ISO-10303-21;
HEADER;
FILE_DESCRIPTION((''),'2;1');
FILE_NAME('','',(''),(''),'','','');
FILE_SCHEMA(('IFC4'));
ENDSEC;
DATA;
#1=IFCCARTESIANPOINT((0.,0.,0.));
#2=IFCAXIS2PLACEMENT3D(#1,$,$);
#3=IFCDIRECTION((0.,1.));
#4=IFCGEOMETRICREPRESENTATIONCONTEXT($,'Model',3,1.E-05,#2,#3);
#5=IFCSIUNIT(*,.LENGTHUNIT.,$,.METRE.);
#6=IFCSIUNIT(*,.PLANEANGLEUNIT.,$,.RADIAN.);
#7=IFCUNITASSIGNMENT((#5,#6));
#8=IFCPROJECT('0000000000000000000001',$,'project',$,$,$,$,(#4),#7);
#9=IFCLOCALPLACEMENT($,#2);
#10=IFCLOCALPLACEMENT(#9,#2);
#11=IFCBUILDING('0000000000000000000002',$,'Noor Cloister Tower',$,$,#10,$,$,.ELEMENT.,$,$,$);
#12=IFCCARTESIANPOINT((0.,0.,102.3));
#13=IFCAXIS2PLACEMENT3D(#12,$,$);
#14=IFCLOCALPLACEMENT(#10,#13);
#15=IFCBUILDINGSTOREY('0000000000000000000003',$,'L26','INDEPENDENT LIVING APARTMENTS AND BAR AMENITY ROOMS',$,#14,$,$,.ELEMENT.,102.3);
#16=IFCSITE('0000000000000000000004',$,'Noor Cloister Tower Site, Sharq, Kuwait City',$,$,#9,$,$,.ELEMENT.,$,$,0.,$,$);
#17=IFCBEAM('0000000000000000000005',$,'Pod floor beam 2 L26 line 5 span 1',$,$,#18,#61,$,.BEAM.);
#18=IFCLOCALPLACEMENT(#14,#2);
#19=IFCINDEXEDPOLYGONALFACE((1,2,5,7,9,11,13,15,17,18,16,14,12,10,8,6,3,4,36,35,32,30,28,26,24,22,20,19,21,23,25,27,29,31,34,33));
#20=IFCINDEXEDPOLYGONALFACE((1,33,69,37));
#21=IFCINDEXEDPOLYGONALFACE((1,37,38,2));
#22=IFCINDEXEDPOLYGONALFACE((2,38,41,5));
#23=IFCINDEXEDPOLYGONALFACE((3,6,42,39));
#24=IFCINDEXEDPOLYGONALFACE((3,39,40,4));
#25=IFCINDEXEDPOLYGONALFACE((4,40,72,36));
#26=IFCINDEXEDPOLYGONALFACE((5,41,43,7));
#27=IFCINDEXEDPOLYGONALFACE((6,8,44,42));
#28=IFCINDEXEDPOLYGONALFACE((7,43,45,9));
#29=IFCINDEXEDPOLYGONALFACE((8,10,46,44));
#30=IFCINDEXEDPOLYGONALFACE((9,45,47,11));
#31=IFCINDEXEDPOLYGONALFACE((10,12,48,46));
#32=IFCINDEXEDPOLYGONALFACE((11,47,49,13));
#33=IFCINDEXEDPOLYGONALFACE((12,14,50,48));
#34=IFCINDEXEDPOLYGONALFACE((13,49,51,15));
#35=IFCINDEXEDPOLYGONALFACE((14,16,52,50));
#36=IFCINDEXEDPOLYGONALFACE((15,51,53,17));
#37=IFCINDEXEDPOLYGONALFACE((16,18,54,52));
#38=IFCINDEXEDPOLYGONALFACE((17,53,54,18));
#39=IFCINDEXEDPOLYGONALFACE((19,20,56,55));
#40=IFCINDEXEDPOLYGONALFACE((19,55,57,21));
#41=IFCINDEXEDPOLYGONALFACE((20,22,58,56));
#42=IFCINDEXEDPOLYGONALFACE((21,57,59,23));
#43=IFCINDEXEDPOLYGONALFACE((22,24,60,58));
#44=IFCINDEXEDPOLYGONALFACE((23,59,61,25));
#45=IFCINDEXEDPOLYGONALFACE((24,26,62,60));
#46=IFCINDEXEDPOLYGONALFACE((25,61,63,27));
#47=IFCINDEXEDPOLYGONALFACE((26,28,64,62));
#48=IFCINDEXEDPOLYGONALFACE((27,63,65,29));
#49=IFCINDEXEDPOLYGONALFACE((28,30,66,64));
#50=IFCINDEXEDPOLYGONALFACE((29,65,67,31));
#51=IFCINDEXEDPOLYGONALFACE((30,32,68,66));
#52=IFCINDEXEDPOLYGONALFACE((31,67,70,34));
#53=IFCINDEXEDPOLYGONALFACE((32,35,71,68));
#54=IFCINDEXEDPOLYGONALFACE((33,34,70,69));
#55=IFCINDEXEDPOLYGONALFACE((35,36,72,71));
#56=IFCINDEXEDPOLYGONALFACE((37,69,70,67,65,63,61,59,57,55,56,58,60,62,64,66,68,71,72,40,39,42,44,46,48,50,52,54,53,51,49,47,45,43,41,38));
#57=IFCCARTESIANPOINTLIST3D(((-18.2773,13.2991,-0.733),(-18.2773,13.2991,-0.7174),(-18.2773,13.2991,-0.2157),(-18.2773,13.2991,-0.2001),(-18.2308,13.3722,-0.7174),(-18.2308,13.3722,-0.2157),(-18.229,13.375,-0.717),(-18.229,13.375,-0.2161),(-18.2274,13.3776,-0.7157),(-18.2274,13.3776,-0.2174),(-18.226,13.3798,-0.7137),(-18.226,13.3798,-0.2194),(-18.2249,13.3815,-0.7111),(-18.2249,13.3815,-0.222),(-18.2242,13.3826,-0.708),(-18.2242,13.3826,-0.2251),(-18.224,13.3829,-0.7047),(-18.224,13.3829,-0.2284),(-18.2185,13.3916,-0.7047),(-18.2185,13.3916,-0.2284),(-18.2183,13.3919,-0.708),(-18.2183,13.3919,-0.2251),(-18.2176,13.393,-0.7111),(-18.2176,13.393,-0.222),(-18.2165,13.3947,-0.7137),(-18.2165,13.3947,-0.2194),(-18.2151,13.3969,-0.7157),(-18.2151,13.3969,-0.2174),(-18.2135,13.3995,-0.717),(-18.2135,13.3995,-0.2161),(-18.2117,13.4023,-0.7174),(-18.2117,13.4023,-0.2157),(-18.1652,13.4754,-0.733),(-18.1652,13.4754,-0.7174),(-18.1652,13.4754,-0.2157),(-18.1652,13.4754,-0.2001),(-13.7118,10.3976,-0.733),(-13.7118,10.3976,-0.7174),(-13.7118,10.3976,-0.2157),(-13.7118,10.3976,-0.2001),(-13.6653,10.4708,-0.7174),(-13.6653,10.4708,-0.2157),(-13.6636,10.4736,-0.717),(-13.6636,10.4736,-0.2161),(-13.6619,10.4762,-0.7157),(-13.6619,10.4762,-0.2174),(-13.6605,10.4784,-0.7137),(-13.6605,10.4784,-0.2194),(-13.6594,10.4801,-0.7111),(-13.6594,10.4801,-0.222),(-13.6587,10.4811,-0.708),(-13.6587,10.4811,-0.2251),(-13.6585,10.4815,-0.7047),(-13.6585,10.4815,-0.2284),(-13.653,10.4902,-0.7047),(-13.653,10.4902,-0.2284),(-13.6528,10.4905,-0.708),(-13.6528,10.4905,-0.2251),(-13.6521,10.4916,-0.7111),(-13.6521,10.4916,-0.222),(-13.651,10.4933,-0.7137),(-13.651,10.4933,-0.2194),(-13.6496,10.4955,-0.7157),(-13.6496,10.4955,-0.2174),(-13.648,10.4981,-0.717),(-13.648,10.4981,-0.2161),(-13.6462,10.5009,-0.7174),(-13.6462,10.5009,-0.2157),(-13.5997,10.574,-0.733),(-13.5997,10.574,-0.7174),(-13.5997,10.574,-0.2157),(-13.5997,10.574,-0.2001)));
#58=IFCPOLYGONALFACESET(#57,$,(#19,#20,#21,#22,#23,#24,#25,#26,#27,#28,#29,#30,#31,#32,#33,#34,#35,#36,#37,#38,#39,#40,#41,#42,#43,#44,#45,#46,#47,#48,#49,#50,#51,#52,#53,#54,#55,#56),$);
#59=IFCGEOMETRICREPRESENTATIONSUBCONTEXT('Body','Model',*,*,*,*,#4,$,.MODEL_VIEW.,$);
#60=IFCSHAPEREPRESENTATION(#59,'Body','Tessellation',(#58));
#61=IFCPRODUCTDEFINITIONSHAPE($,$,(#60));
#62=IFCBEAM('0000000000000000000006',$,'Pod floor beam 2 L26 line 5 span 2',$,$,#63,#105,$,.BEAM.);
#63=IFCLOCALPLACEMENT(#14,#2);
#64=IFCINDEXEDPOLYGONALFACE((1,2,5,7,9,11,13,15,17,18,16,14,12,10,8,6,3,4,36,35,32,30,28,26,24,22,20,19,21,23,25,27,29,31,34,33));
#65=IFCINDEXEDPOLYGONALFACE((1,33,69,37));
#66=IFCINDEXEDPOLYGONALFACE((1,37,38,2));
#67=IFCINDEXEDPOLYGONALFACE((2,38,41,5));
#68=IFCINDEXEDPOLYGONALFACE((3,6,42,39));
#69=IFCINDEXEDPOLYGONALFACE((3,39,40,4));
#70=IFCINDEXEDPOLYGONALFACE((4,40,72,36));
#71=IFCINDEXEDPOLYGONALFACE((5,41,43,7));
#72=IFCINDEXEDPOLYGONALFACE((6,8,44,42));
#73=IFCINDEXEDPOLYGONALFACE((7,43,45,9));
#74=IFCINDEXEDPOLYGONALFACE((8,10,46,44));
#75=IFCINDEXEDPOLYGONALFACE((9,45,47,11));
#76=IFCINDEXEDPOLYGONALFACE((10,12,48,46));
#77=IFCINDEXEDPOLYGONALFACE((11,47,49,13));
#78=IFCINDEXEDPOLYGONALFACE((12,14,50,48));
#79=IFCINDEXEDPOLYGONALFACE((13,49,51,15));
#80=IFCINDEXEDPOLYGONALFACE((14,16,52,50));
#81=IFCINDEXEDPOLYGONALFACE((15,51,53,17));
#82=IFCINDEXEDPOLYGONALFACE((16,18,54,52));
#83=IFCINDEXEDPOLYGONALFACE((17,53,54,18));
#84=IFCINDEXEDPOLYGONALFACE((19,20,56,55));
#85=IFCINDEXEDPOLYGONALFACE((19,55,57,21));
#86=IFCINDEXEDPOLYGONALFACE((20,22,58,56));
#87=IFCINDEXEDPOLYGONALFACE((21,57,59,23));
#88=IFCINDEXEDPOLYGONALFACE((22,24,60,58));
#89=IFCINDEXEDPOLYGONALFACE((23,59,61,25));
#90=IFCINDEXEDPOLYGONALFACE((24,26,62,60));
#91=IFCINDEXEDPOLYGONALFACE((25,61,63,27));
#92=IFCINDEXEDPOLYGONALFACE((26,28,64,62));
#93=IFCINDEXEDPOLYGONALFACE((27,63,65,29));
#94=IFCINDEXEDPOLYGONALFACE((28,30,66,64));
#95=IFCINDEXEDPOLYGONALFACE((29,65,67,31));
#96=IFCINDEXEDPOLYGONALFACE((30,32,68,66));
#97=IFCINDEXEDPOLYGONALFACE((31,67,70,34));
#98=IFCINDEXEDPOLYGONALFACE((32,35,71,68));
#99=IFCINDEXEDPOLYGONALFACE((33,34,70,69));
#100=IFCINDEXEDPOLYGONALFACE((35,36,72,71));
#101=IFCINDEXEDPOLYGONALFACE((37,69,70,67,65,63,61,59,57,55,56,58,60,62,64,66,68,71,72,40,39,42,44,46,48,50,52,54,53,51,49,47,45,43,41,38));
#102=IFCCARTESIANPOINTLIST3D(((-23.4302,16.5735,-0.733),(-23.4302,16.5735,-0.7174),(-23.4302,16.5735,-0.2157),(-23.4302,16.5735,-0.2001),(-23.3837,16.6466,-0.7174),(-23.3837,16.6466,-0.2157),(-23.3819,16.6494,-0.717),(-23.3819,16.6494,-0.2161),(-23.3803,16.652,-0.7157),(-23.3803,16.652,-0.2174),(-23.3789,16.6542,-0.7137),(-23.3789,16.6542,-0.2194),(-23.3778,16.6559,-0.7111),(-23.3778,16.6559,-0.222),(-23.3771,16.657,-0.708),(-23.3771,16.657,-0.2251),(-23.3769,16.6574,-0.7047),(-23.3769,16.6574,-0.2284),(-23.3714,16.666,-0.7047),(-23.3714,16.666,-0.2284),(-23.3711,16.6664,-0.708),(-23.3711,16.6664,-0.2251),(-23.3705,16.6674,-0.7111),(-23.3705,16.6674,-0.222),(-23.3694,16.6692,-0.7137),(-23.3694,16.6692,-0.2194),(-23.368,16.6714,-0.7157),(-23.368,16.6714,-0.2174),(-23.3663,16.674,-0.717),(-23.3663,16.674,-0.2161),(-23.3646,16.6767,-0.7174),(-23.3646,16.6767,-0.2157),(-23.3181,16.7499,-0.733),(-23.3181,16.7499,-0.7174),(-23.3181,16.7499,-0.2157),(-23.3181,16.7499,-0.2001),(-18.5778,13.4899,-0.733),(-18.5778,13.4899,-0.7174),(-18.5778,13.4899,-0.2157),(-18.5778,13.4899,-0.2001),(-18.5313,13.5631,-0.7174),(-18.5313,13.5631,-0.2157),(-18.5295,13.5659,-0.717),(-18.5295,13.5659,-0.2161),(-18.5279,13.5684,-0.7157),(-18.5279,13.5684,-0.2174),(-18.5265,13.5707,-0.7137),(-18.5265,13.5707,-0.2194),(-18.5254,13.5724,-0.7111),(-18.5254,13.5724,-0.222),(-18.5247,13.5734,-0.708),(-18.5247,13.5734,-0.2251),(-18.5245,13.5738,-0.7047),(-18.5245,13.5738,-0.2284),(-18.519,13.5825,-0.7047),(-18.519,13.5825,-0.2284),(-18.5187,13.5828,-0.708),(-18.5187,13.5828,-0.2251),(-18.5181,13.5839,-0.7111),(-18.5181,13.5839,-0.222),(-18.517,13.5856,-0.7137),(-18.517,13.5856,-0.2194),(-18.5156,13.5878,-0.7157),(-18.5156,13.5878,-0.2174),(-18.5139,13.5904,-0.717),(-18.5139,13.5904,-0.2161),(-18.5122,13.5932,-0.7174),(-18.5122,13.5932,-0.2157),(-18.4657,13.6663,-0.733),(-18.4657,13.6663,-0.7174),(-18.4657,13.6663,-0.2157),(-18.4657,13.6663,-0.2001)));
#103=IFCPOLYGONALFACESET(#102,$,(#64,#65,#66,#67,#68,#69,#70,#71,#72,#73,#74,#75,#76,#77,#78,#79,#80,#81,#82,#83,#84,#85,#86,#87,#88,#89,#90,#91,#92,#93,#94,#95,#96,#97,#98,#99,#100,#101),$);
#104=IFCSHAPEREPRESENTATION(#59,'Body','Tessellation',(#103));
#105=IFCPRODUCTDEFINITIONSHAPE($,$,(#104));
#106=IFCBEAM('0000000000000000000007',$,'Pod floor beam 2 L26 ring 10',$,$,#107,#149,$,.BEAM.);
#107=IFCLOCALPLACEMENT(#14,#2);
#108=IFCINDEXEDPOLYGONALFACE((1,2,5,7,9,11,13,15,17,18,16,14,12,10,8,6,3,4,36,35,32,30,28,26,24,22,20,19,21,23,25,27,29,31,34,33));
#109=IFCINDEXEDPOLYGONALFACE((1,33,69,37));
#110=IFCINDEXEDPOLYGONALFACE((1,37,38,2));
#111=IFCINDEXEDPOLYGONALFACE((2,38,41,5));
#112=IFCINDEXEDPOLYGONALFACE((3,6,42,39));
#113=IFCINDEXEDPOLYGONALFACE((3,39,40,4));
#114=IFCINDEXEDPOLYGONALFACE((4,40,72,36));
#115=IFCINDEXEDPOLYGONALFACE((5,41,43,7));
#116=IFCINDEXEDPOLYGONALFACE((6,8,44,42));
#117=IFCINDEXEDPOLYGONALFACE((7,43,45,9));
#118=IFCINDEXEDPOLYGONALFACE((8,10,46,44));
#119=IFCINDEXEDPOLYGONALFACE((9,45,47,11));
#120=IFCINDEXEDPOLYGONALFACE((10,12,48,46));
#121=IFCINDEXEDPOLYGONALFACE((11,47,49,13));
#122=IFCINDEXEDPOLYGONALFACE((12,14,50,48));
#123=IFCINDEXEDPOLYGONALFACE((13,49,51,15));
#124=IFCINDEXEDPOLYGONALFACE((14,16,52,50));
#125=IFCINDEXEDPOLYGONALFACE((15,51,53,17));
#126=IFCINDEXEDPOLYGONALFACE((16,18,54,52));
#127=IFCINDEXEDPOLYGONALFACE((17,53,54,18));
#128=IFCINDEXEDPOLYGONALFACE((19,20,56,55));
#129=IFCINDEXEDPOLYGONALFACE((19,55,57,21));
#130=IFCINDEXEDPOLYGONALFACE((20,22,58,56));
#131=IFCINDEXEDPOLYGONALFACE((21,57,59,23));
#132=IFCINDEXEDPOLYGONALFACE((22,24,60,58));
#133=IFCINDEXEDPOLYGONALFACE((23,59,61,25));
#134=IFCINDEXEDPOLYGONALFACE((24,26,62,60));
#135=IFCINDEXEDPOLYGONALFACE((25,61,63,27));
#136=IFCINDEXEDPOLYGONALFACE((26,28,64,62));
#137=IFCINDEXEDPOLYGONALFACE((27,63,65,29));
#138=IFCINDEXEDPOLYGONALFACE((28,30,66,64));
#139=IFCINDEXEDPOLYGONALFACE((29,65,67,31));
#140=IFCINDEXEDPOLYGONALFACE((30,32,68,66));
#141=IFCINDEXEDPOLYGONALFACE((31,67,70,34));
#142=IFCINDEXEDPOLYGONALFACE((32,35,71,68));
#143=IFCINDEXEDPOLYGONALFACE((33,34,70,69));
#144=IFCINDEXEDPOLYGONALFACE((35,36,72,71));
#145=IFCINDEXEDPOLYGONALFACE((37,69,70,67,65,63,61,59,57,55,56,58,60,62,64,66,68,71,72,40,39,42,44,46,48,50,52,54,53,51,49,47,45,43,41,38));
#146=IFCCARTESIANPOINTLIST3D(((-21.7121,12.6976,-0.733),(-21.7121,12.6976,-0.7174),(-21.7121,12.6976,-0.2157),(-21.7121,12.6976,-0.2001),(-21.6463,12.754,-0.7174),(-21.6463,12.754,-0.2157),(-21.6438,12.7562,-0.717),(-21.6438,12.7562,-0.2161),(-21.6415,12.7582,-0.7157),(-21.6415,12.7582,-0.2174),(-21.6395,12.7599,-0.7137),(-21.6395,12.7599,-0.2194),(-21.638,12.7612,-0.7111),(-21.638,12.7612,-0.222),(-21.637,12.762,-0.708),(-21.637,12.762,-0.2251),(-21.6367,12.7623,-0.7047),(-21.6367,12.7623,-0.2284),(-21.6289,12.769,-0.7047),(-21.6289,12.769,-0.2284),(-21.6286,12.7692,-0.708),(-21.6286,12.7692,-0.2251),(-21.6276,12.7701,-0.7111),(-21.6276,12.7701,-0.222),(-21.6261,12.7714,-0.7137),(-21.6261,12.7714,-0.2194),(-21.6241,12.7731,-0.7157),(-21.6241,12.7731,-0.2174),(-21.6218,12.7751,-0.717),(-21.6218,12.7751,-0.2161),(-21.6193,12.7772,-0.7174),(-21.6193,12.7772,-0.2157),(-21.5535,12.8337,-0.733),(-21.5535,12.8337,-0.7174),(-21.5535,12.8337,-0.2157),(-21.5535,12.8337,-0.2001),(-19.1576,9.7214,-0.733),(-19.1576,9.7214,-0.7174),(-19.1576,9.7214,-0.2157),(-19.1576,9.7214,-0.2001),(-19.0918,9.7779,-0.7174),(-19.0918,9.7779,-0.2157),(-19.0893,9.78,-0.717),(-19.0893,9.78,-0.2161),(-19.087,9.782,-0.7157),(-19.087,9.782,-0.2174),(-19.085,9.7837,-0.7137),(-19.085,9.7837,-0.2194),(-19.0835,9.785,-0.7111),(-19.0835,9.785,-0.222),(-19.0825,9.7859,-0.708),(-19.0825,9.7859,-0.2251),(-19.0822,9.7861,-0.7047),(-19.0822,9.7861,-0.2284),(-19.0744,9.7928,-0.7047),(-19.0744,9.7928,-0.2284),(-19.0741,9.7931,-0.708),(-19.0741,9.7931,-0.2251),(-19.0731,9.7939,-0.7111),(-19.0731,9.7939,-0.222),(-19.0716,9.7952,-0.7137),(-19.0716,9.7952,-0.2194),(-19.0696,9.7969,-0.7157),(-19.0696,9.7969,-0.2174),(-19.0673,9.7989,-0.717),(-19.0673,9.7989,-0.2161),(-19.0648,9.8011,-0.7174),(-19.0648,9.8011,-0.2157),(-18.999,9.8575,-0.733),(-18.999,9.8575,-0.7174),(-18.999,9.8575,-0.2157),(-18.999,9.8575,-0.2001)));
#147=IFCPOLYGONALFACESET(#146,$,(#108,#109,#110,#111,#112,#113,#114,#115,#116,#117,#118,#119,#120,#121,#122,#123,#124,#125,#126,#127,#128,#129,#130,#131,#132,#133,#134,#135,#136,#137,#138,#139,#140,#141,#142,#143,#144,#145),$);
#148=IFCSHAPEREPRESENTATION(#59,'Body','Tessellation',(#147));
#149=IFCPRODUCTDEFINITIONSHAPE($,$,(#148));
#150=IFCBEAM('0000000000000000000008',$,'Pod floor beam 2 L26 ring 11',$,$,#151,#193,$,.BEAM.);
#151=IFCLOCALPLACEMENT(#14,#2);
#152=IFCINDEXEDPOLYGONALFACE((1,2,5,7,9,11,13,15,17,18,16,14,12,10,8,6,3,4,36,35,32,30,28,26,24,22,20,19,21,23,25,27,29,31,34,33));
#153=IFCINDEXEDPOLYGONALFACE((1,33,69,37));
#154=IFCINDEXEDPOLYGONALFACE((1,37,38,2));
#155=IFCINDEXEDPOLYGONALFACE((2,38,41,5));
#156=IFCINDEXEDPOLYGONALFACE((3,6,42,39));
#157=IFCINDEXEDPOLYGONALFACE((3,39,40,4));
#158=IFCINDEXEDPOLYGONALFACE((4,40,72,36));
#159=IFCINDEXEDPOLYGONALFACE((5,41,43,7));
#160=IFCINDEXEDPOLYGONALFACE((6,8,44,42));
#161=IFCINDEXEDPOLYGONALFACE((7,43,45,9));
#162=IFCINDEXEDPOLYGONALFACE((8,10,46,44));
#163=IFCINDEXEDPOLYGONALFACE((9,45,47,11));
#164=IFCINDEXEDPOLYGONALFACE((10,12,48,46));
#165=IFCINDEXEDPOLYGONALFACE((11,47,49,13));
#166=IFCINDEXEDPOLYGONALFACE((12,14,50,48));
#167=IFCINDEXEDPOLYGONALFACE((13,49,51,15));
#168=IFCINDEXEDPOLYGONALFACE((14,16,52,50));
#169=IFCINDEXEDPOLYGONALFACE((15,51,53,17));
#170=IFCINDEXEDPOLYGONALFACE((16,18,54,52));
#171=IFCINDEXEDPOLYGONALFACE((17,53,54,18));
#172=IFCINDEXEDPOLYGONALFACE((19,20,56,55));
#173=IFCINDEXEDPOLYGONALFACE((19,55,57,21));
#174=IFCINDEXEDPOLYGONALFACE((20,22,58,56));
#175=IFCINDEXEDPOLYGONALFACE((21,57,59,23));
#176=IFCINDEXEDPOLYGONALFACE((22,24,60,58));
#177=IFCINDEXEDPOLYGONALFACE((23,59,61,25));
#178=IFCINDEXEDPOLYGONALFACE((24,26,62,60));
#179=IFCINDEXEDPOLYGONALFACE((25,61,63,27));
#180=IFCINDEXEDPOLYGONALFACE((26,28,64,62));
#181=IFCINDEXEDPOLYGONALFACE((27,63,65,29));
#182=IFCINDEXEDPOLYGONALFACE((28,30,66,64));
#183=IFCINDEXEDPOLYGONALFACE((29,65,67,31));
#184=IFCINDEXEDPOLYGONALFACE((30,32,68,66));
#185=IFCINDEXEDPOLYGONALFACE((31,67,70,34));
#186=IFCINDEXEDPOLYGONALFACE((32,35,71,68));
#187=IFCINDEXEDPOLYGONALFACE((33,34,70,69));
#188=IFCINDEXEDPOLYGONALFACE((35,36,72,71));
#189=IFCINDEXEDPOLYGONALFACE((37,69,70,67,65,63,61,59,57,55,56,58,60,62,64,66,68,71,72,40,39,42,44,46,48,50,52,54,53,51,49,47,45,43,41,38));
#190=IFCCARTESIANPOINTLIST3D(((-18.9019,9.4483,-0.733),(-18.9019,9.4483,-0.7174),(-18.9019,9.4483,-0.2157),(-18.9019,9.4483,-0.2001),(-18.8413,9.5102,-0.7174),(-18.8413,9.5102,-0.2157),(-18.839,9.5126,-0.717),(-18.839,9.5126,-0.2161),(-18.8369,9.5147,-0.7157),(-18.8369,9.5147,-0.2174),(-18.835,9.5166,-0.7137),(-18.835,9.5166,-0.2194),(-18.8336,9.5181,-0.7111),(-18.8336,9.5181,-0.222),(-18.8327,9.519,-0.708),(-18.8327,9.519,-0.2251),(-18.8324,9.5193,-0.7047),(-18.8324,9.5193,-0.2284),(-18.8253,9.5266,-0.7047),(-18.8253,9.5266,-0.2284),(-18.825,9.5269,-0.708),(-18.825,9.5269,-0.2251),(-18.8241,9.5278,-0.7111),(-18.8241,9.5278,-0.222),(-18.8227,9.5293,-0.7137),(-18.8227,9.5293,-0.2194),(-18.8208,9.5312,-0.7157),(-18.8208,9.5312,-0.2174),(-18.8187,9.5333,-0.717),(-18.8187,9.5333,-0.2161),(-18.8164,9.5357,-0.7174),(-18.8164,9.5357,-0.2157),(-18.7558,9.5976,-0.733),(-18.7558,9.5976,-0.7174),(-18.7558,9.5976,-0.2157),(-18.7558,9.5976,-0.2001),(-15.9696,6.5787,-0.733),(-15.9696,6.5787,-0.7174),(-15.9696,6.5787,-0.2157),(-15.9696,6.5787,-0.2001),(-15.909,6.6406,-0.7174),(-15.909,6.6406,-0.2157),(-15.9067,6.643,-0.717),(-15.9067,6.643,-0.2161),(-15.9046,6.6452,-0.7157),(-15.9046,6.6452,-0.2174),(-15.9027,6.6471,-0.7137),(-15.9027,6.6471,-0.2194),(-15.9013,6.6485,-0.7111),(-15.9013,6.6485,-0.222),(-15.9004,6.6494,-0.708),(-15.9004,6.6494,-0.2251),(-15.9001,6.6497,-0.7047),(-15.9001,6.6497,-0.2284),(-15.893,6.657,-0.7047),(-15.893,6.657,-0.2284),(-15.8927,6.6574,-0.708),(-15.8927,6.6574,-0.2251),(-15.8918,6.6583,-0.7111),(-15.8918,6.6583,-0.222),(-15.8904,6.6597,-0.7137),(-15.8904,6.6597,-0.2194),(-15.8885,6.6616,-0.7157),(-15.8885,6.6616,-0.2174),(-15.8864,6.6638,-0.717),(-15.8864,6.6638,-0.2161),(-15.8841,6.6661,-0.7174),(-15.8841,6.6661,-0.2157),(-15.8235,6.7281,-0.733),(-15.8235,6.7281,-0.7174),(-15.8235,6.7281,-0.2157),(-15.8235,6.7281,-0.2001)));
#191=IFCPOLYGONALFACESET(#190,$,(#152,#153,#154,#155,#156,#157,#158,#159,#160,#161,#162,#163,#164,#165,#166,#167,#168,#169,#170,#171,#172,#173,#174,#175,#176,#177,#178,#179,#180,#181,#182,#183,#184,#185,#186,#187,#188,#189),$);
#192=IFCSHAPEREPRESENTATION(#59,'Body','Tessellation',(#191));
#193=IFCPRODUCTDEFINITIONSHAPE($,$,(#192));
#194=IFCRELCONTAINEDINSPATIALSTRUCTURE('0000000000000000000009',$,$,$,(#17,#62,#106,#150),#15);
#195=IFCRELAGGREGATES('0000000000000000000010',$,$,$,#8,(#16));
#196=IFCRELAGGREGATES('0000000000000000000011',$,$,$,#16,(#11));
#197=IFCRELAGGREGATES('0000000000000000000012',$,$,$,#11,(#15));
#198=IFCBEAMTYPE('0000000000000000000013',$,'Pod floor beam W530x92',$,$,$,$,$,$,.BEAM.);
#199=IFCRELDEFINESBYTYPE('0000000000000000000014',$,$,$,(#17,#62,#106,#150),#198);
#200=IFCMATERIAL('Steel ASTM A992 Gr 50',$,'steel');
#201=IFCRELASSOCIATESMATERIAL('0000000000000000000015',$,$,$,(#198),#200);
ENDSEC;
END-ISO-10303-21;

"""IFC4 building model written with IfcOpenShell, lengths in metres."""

from ifc_helpers import new_model, si_unit, direction, frame, origin, origin_2d, place, context, subcontext, project, spatial, i_section, extrude, material, material_profile, profile_set, type_object, element, save


model = new_model("IFC4")

# Units and contexts
model_context = context("Model", 3, precision=1e-05, world=origin(), true_north=direction((0.0, 1.0)))
body_context = subcontext(model_context, "Body", "Model", "MODEL_VIEW")
ifc_project = project(units=[si_unit("LENGTHUNIT", "METRE"), si_unit("PLANEANGLEUNIT", "RADIAN")], contexts=[model_context])

# Site, building, storey
site_placement = place(None, origin())
site = spatial("IfcSite", under=ifc_project, at=site_placement, Name="Noor Cloister Tower Site, Sharq, Kuwait City", CompositionType="ELEMENT", RefElevation=0.0)
building_placement = place(site_placement, origin())
building = spatial("IfcBuilding", under=site, at=building_placement, Name="Noor Cloister Tower", CompositionType="ELEMENT")
storey_placement = place(building_placement, frame((0.0, 0.0, 102.3)))
storey = spatial("IfcBuildingStorey", under=building, at=storey_placement, Name="L26", Description="INDEPENDENT LIVING APARTMENTS AND BAR AMENITY ROOMS", CompositionType="ELEMENT", Elevation=102.3)

# Beams
ifc_material_1 = material(Name="Steel ASTM A992 Gr 50", Category="steel")
ifc_material_profile_1 = material_profile(ifc_material_1, i_section(OverallWidth=0.209, OverallDepth=0.533, WebThickness=0.0103, FlangeThickness=0.0156, FilletRadius=0.0127, at=origin_2d()), Name="W530x92")
ifc_profile_set_1 = profile_set([ifc_material_profile_1], Name="Steel ASTM A992 Gr 50")
beam_type_1 = type_object("IfcBeamType", Name="Pod floor beam W530x92", PredefinedType="BEAM", material=ifc_profile_set_1)
beam_1_placement = place(storey_placement, frame((-13.6558, 10.4858, -0.4666), z_axis=(-0.843988, 0.536361, 0.0), x_axis=(-0.536361, -0.843988, 0.0)))
element("IfcBeam", 1, at=beam_1_placement, inside=storey, type_object=beam_type_1, Name="Pod floor beam 2 L26 line 5 span 1", PredefinedType="BEAM", context=body_context, shape_type="SweptSolid", body=[
    extrude(i_section(OverallWidth=0.209, OverallDepth=0.533, WebThickness=0.0103, FlangeThickness=0.0156, FilletRadius=0.0127, at=origin_2d()), origin(), (0.0, 0.0, 1.0), 5.4094),
])
beam_2_placement = place(storey_placement, frame((-18.5217, 13.5781, -0.4666), z_axis=(-0.844002, 0.53634, 0.0), x_axis=(-0.53634, -0.844002, 0.0)))
element("IfcBeam", 2, at=beam_2_placement, inside=storey, type_object=beam_type_1, Name="Pod floor beam 2 L26 line 5 span 2", PredefinedType="BEAM", context=body_context, shape_type="SweptSolid", body=[
    extrude(i_section(OverallWidth=0.209, OverallDepth=0.533, WebThickness=0.0103, FlangeThickness=0.0156, FilletRadius=0.0127, at=origin_2d()), origin(), (0.0, 0.0, 1.0), 5.7493),
])
beam_3_placement = place(storey_placement, frame((-21.6328, 12.7656, -0.4666), z_axis=(0.651309, -0.758813, 0.0), x_axis=(0.758813, 0.651309, 0.0)))
element("IfcBeam", 3, at=beam_3_placement, inside=storey, type_object=beam_type_1, Name="Pod floor beam 2 L26 ring 10", PredefinedType="BEAM", context=body_context, shape_type="SweptSolid", body=[
    extrude(i_section(OverallWidth=0.209, OverallDepth=0.533, WebThickness=0.0103, FlangeThickness=0.0156, FilletRadius=0.0127, at=origin_2d()), origin(), (0.0, 0.0, 1.0), 3.9221),
])
beam_4_placement = place(storey_placement, frame((-18.8289, 9.5229, -0.4666), z_axis=(0.714712, -0.699419, 0.0), x_axis=(0.699419, 0.714712, 0.0)))
element("IfcBeam", 4, at=beam_4_placement, inside=storey, type_object=beam_type_1, Name="Pod floor beam 2 L26 ring 11", PredefinedType="BEAM", context=body_context, shape_type="SweptSolid", body=[
    extrude(i_section(OverallWidth=0.209, OverallDepth=0.533, WebThickness=0.0103, FlangeThickness=0.0156, FilletRadius=0.0127, at=origin_2d()), origin(), (0.0, 0.0, 1.0), 4.1028),
])

save(model, "model.ifc")
